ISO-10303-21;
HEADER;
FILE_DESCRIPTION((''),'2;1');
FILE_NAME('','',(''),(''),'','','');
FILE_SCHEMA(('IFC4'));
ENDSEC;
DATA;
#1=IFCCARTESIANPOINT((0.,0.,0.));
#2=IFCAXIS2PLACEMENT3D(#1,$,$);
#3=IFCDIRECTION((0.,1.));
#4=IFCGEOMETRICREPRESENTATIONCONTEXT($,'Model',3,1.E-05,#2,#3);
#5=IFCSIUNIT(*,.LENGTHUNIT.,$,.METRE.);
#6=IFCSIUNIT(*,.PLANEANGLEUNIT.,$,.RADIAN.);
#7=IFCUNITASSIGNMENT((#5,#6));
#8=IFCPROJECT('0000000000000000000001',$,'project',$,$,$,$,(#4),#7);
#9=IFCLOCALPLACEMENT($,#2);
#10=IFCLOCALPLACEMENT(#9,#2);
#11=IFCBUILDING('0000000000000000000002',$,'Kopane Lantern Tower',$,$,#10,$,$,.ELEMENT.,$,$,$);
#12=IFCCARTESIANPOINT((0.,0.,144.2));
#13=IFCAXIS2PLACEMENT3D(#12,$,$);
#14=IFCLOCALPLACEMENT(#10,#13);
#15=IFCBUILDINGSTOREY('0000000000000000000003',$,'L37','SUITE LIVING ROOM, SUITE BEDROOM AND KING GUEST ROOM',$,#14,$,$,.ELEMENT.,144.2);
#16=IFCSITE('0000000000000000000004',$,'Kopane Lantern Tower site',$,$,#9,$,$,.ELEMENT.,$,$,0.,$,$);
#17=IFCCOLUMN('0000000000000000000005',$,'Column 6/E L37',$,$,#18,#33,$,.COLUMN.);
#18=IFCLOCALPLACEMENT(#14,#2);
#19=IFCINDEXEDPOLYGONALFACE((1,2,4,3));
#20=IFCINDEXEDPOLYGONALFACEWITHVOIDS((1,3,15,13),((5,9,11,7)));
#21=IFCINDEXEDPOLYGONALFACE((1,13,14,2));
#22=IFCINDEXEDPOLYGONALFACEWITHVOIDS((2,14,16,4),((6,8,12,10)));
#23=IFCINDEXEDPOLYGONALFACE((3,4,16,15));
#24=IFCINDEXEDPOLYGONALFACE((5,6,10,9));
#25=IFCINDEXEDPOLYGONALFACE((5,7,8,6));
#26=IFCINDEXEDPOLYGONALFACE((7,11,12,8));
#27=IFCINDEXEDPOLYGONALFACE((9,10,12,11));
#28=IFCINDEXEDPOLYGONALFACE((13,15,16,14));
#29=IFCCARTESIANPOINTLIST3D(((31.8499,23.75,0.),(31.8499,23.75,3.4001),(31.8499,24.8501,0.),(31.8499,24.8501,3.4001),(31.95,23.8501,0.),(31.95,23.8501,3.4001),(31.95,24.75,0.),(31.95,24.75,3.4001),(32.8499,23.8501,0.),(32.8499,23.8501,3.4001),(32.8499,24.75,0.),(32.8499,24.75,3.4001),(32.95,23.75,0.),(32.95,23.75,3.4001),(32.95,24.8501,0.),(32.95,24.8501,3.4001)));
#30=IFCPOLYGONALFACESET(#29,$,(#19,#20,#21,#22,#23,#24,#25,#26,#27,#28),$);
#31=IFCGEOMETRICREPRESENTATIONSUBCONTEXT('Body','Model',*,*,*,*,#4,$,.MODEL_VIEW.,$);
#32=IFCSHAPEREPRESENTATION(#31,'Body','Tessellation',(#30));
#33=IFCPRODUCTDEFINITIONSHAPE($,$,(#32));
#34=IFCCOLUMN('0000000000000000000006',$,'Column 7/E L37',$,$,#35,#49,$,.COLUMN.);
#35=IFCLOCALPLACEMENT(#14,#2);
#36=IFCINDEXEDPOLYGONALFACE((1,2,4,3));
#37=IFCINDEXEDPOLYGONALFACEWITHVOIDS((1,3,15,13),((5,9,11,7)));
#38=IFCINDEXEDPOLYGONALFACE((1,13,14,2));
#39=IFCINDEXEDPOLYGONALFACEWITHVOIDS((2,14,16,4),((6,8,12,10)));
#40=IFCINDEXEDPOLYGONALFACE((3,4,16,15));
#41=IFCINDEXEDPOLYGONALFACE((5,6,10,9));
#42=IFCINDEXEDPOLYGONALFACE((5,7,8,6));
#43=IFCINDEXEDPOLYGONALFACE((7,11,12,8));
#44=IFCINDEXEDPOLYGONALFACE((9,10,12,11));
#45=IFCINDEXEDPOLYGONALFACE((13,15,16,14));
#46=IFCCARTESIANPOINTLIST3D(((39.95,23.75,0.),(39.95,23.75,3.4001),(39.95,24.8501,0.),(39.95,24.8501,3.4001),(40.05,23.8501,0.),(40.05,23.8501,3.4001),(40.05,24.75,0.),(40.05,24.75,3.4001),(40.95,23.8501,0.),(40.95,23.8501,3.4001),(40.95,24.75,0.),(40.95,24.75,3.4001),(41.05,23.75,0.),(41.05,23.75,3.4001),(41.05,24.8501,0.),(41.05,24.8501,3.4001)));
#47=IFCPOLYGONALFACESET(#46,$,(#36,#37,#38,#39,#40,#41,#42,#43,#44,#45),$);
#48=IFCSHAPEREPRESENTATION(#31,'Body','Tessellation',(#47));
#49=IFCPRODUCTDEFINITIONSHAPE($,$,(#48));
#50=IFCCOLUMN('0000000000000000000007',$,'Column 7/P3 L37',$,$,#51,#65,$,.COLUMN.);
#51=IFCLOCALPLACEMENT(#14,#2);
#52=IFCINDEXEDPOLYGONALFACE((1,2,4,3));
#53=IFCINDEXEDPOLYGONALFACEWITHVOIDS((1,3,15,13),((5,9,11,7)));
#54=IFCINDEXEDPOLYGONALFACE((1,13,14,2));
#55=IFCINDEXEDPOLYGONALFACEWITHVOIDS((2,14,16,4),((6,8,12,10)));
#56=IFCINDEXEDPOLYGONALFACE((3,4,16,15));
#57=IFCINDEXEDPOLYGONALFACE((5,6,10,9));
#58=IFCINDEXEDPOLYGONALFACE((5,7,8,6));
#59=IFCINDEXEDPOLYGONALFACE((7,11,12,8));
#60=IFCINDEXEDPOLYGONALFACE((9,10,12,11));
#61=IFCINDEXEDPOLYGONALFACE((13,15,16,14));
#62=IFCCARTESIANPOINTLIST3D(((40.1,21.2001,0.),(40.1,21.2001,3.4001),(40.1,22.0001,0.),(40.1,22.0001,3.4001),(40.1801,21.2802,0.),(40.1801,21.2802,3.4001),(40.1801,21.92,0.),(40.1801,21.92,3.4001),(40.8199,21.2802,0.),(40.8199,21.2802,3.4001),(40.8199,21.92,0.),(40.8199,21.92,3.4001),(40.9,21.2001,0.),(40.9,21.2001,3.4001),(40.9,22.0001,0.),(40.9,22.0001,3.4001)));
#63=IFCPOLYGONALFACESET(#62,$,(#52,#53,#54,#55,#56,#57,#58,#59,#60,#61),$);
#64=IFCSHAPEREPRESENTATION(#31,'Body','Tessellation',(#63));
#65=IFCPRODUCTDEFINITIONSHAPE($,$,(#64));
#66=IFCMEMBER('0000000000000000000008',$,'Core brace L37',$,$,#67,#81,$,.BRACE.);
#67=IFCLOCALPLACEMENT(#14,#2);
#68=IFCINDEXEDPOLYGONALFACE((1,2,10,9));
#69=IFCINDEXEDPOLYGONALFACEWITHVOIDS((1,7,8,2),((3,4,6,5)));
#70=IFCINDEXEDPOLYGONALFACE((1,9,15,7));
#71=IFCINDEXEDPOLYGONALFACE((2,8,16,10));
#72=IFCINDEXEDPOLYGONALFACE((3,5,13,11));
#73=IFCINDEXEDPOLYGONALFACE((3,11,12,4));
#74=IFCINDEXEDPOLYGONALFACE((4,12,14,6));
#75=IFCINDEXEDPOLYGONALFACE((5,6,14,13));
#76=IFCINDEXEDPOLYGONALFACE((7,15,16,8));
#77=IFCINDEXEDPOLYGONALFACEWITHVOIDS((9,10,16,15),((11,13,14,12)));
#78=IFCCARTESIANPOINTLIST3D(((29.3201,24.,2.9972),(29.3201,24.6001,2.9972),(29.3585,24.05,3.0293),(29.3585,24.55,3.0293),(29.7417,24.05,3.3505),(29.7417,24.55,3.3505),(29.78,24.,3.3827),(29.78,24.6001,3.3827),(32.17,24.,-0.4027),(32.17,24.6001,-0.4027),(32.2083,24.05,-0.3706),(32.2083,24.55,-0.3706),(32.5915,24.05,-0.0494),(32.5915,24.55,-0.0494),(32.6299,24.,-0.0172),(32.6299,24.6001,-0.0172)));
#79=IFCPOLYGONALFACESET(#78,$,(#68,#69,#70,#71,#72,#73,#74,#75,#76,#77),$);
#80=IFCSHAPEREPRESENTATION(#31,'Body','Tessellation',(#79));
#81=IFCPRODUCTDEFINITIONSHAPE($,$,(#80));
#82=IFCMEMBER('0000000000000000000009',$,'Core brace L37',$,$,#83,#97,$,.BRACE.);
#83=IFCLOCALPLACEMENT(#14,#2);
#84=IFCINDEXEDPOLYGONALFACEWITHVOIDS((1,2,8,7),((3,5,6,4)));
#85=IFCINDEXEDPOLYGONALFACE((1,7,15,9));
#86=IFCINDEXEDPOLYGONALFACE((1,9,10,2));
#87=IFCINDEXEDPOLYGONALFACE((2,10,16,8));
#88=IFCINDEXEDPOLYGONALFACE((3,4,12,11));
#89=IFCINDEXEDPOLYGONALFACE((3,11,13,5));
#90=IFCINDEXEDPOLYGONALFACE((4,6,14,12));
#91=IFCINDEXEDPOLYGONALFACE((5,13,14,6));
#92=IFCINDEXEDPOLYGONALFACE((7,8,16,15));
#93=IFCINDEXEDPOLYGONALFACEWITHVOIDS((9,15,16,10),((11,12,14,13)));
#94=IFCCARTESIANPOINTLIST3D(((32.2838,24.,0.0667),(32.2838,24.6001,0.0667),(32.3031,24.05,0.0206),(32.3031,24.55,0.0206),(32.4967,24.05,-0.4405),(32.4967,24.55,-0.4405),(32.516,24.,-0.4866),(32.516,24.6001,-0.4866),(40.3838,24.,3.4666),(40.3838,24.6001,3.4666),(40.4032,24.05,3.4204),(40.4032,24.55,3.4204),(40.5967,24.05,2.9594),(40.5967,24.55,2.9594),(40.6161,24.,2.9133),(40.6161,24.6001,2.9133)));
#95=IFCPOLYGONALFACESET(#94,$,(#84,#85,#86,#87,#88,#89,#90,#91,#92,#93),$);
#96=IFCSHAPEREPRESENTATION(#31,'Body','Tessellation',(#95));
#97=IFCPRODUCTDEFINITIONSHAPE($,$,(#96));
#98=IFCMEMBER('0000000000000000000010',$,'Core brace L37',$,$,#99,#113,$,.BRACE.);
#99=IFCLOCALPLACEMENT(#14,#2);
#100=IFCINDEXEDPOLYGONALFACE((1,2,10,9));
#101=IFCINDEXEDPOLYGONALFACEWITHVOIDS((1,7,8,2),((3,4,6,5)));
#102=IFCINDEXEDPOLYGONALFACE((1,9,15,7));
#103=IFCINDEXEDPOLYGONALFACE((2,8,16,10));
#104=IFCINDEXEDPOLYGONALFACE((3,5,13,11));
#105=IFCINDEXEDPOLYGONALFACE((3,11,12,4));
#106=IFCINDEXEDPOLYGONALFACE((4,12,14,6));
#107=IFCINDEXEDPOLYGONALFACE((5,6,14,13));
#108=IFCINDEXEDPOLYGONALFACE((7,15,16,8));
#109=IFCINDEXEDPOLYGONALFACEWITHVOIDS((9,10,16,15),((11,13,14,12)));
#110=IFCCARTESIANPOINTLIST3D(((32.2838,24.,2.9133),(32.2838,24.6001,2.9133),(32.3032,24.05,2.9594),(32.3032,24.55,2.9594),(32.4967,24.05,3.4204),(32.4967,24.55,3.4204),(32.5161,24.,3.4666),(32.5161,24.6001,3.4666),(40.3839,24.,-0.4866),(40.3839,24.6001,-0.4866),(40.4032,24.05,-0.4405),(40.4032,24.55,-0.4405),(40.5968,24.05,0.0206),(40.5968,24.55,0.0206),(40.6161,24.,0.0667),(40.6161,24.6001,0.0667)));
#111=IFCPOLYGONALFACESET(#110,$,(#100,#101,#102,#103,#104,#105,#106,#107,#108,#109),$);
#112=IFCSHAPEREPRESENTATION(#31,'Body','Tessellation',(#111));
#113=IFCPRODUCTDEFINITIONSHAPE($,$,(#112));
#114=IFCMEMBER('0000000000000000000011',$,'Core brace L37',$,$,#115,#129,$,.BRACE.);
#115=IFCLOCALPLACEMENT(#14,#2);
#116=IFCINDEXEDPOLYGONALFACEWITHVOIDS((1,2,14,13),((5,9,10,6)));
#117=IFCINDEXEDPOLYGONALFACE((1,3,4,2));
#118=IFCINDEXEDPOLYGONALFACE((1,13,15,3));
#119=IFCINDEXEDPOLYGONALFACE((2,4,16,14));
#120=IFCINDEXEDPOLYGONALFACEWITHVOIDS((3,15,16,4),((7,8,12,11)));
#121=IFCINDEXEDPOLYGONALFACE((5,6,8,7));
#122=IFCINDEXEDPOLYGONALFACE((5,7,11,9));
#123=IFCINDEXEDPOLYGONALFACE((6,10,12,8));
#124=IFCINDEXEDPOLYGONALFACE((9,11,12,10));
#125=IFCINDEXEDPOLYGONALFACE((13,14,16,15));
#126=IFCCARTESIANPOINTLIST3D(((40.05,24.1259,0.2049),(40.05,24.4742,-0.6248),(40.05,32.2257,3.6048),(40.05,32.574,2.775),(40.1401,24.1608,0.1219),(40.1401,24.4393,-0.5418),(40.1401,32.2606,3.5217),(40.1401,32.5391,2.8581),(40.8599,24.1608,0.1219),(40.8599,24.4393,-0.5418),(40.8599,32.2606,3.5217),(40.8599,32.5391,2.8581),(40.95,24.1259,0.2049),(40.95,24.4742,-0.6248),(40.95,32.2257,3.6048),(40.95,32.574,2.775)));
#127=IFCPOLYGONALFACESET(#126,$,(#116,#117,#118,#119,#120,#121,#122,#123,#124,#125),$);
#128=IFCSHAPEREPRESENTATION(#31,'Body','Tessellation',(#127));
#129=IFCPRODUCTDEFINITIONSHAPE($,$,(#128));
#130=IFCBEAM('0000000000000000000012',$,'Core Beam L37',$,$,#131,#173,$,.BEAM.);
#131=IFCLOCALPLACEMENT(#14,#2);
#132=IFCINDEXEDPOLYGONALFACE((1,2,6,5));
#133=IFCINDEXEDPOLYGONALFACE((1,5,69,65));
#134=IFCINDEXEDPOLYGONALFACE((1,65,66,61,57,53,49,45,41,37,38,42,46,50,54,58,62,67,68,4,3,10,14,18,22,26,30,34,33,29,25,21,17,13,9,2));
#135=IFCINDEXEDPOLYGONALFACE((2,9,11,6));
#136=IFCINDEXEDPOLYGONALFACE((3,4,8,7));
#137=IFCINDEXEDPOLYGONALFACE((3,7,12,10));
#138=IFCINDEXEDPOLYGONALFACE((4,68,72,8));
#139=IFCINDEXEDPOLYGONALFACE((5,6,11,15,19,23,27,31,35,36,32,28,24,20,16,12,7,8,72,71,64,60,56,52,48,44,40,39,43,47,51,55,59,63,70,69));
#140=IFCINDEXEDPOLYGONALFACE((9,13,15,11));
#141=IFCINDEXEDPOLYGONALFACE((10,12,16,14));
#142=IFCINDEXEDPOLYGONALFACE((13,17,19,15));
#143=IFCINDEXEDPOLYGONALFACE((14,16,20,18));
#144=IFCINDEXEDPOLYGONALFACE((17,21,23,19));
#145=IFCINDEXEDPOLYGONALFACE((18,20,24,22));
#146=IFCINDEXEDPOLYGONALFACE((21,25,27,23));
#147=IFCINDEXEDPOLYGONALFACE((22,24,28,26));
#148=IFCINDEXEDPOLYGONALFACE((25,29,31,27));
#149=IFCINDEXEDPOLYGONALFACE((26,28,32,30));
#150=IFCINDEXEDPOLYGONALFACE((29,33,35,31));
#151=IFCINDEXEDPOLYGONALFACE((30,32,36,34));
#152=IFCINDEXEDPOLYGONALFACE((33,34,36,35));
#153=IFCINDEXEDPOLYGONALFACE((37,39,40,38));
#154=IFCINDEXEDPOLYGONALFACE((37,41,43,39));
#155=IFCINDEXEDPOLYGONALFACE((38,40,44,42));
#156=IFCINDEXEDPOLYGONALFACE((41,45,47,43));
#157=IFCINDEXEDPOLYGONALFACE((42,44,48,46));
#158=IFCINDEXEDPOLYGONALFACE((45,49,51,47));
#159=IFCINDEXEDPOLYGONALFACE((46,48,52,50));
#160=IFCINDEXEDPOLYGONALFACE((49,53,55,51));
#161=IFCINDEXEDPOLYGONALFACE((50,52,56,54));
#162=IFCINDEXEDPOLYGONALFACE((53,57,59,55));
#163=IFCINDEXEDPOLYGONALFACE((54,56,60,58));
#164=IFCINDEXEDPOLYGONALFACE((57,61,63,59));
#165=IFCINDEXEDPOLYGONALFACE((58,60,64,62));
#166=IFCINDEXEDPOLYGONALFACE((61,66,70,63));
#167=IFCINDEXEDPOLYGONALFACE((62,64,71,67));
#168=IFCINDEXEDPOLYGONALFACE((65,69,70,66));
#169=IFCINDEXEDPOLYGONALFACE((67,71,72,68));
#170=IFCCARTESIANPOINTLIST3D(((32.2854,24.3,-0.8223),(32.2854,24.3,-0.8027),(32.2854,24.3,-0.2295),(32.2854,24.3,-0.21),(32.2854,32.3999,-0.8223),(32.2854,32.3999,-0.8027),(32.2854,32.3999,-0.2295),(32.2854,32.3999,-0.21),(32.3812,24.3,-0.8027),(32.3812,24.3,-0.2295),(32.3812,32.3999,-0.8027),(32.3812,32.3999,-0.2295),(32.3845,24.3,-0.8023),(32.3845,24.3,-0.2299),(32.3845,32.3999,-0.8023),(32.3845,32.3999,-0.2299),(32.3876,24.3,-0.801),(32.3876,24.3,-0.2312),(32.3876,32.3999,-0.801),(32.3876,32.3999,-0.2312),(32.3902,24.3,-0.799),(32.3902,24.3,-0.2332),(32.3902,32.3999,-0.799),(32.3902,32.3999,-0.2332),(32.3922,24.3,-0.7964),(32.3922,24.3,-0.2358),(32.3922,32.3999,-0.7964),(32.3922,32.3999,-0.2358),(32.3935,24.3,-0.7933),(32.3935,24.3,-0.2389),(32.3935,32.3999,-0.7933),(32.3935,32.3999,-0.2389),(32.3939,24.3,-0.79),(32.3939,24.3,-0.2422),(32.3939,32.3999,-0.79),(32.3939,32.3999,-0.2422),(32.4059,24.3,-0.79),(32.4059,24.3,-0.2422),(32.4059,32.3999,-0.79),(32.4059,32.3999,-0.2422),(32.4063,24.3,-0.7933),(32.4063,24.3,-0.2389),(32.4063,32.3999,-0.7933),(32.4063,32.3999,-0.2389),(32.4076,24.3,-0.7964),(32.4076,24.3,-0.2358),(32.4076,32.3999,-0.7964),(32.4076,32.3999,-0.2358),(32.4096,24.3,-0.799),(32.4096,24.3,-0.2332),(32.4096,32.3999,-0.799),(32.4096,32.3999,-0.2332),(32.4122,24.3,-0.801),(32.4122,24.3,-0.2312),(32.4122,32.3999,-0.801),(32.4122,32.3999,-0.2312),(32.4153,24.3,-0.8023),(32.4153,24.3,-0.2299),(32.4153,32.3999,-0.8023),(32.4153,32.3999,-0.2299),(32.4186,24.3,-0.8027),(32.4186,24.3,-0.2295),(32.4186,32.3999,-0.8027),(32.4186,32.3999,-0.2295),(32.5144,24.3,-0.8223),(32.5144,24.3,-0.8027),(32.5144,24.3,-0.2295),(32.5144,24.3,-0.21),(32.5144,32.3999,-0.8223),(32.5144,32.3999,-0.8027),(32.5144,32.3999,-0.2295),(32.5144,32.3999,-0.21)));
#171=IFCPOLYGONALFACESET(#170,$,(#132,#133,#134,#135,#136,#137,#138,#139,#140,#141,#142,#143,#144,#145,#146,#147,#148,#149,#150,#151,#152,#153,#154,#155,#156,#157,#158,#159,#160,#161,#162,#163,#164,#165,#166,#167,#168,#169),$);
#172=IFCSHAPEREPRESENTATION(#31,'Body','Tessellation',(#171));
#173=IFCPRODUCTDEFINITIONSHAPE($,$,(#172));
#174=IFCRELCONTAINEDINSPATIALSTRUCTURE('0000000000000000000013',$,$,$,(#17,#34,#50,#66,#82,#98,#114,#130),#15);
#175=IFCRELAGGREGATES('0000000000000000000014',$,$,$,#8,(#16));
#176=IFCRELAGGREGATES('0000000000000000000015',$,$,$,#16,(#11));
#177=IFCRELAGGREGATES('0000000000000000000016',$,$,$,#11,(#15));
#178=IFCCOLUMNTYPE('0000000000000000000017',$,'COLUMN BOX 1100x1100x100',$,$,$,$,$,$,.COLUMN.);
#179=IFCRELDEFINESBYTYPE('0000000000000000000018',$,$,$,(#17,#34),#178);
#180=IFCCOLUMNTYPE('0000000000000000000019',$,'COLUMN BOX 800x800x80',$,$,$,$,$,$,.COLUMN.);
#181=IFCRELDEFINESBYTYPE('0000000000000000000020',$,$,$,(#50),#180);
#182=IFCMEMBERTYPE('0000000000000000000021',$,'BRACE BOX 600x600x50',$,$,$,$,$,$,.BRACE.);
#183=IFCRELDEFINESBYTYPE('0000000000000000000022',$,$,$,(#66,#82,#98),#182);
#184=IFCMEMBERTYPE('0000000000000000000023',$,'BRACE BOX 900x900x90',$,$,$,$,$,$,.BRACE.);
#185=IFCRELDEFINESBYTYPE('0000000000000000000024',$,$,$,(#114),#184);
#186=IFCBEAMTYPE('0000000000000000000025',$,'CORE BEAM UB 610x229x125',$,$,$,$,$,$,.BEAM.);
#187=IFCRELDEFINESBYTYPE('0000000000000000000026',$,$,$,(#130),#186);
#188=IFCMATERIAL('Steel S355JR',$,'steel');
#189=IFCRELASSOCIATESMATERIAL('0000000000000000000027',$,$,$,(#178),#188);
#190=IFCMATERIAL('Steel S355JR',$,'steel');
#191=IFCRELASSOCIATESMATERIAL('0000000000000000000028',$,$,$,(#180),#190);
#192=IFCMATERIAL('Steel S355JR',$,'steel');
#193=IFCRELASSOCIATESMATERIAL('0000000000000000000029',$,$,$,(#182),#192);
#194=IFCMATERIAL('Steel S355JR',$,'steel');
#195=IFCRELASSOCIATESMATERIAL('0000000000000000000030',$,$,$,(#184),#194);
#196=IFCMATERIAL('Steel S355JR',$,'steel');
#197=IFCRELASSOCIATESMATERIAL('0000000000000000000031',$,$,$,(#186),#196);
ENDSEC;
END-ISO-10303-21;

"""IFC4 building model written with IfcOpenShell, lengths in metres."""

from ifc_helpers import new_model, si_unit, direction, frame, origin, origin_2d, place, context, subcontext, project, spatial, hollow_rectangle, i_section, extrude, material, material_profile, profile_set, type_object, element, save


model = new_model("IFC4")

# Units and contexts
model_context = context("Model", 3, precision=1e-05, world=origin(), true_north=direction((0.0, 1.0)))
body_context = subcontext(model_context, "Body", "Model", "MODEL_VIEW")
ifc_project = project(units=[si_unit("LENGTHUNIT", "METRE"), si_unit("PLANEANGLEUNIT", "RADIAN")], contexts=[model_context])

# Site, building, storey
site_placement = place(None, origin())
site = spatial("IfcSite", under=ifc_project, at=site_placement, Name="Kopane Lantern Tower site", CompositionType="ELEMENT", RefElevation=0.0)
building_placement = place(site_placement, origin())
building = spatial("IfcBuilding", under=site, at=building_placement, Name="Kopane Lantern Tower", CompositionType="ELEMENT")
storey_placement = place(building_placement, frame((0.0, 0.0, 144.2)))
storey = spatial("IfcBuildingStorey", under=building, at=storey_placement, Name="L37", Description="SUITE LIVING ROOM, SUITE BEDROOM AND KING GUEST ROOM", CompositionType="ELEMENT", Elevation=144.2)

# Columns
ifc_material_1 = material(Name="Steel S355JR", Category="steel")
ifc_material_profile_1 = material_profile(ifc_material_1, hollow_rectangle(XDim=1.1001, YDim=1.1001, WallThickness=0.1001, at=origin_2d()), Name="BOX 1100x1100x100")
ifc_profile_set_1 = profile_set([ifc_material_profile_1], Name="Steel S355JR")
column_type_1 = type_object("IfcColumnType", Name="COLUMN BOX 1100x1100x100", PredefinedType="COLUMN", material=ifc_profile_set_1)
for number, where, z_axis, x_axis, name in (
    (1, (32.3999, 24.3, 0.0), (0.0, 0.0, 1.0), (1.0, 0.0, 0.0), "Column 6/E L37"),
    (2, (40.5, 24.3, 0.0), (0.0, 0.0, 1.0), (1.0, 0.0, 0.0), "Column 7/E L37"),
):
    element("IfcColumn", number, at=place(storey_placement, frame(where, z_axis=z_axis, x_axis=x_axis)), inside=storey, type_object=column_type_1, Name=name, PredefinedType="COLUMN", context=body_context, shape_type="SweptSolid", body=[
        extrude(hollow_rectangle(XDim=1.1001, YDim=1.1001, WallThickness=0.1001, at=origin_2d()), origin(), (0.0, 0.0, 1.0), 3.4001),
    ])
ifc_material_2 = material(Name="Steel S355JR", Category="steel")
ifc_material_profile_2 = material_profile(ifc_material_2, hollow_rectangle(XDim=0.8, YDim=0.8, WallThickness=0.0801, at=origin_2d()), Name="BOX 800x800x80")
ifc_profile_set_2 = profile_set([ifc_material_profile_2], Name="Steel S355JR")
column_type_2 = type_object("IfcColumnType", Name="COLUMN BOX 800x800x80", PredefinedType="COLUMN", material=ifc_profile_set_2)
column_placement = place(storey_placement, frame((40.5, 21.6001, 0.0), z_axis=(0.0, 0.0, 1.0), x_axis=(1.0, 0.0, 0.0)))
element("IfcColumn", 3, at=column_placement, inside=storey, type_object=column_type_2, Name="Column 7/P3 L37", PredefinedType="COLUMN", context=body_context, shape_type="SweptSolid", body=[
    extrude(hollow_rectangle(XDim=0.8, YDim=0.8, WallThickness=0.0801, at=origin_2d()), origin(), (0.0, 0.0, 1.0), 3.4001),
])

# Members
ifc_material_3 = material(Name="Steel S355JR", Category="steel")
ifc_material_profile_3 = material_profile(ifc_material_3, hollow_rectangle(XDim=0.6001, YDim=0.6001, WallThickness=0.05, at=origin_2d()), Name="BOX 600x600x50")
ifc_profile_set_3 = profile_set([ifc_material_profile_3], Name="Steel S355JR")
member_type_1 = type_object("IfcMemberType", Name="BRACE BOX 600x600x50", PredefinedType="BRACE", material=ifc_profile_set_3)
member_1_placement = place(storey_placement, frame((32.3999, 24.3, -0.21), z_axis=(-0.64239, 0.0, 0.766378), x_axis=(0.0, -1.0, 0.0)))
element("IfcMember", 4, at=member_1_placement, inside=storey, type_object=member_type_1, Name="Core brace L37", PredefinedType="BRACE", context=body_context, shape_type="SweptSolid", body=[
    extrude(hollow_rectangle(XDim=0.6001, YDim=0.6001, WallThickness=0.05, at=origin_2d()), origin(), (0.0, 0.0, 1.0), 4.4363),
])
for number, where, z_axis, x_axis, name in (
    (5, (32.3999, 24.3, -0.21), (0.922069, 0.0, 0.387026), (0.0, 1.0, 0.0), "Core brace L37"),
    (6, (40.5, 24.3, -0.21), (-0.922069, 0.0, 0.387026), (0.0, -1.0, 0.0), "Core brace L37"),
):
    element("IfcMember", number, at=place(storey_placement, frame(where, z_axis=z_axis, x_axis=x_axis)), inside=storey, type_object=member_type_1, Name=name, PredefinedType="BRACE", context=body_context, shape_type="SweptSolid", body=[
        extrude(hollow_rectangle(XDim=0.6001, YDim=0.6001, WallThickness=0.05, at=origin_2d()), origin(), (0.0, 0.0, 1.0), 8.7847),
    ])
ifc_material_4 = material(Name="Steel S355JR", Category="steel")
ifc_material_profile_4 = material_profile(ifc_material_4, hollow_rectangle(XDim=0.8999, YDim=0.8999, WallThickness=0.0901, at=origin_2d()), Name="BOX 900x900x90")
ifc_profile_set_4 = profile_set([ifc_material_profile_4], Name="Steel S355JR")
member_type_2 = type_object("IfcMemberType", Name="BRACE BOX 900x900x90", PredefinedType="BRACE", material=ifc_profile_set_4)
member_2_placement = place(storey_placement, frame((40.5, 24.3, -0.21), z_axis=(0.0, 0.922065, 0.387035), x_axis=(-1.0, 0.0, 0.0)))
element("IfcMember", 7, at=member_2_placement, inside=storey, type_object=member_type_2, Name="Core brace L37", PredefinedType="BRACE", context=body_context, shape_type="SweptSolid", body=[
    extrude(hollow_rectangle(XDim=0.8999, YDim=0.8999, WallThickness=0.0901, at=origin_2d()), origin(), (0.0, 0.0, 1.0), 8.7844),
])

# Beam
ifc_material_5 = material(Name="Steel S355JR", Category="steel")
ifc_material_profile_5 = material_profile(ifc_material_5, i_section(OverallWidth=0.229, OverallDepth=0.6123, WebThickness=0.012, FlangeThickness=0.0195, FilletRadius=0.0127, at=origin_2d()), Name="UB 610x229x125")
ifc_profile_set_5 = profile_set([ifc_material_profile_5], Name="Steel S355JR")
beam_type_1 = type_object("IfcBeamType", Name="CORE BEAM UB 610x229x125", PredefinedType="BEAM", material=ifc_profile_set_5)
beam_1_placement = place(storey_placement, frame((32.3999, 24.3, -0.5161), z_axis=(0.0, 1.0, 0.0), x_axis=(-1.0, 0.0, 0.0)))
element("IfcBeam", 8, at=beam_1_placement, inside=storey, type_object=beam_type_1, Name="Core Beam L37", PredefinedType="BEAM", context=body_context, shape_type="SweptSolid", body=[
    extrude(i_section(OverallWidth=0.229, OverallDepth=0.6123, WebThickness=0.012, FlangeThickness=0.0195, FilletRadius=0.0127, at=origin_2d()), origin(), (0.0, 0.0, 1.0), 8.0999),
])

save(model, "model.ifc")
